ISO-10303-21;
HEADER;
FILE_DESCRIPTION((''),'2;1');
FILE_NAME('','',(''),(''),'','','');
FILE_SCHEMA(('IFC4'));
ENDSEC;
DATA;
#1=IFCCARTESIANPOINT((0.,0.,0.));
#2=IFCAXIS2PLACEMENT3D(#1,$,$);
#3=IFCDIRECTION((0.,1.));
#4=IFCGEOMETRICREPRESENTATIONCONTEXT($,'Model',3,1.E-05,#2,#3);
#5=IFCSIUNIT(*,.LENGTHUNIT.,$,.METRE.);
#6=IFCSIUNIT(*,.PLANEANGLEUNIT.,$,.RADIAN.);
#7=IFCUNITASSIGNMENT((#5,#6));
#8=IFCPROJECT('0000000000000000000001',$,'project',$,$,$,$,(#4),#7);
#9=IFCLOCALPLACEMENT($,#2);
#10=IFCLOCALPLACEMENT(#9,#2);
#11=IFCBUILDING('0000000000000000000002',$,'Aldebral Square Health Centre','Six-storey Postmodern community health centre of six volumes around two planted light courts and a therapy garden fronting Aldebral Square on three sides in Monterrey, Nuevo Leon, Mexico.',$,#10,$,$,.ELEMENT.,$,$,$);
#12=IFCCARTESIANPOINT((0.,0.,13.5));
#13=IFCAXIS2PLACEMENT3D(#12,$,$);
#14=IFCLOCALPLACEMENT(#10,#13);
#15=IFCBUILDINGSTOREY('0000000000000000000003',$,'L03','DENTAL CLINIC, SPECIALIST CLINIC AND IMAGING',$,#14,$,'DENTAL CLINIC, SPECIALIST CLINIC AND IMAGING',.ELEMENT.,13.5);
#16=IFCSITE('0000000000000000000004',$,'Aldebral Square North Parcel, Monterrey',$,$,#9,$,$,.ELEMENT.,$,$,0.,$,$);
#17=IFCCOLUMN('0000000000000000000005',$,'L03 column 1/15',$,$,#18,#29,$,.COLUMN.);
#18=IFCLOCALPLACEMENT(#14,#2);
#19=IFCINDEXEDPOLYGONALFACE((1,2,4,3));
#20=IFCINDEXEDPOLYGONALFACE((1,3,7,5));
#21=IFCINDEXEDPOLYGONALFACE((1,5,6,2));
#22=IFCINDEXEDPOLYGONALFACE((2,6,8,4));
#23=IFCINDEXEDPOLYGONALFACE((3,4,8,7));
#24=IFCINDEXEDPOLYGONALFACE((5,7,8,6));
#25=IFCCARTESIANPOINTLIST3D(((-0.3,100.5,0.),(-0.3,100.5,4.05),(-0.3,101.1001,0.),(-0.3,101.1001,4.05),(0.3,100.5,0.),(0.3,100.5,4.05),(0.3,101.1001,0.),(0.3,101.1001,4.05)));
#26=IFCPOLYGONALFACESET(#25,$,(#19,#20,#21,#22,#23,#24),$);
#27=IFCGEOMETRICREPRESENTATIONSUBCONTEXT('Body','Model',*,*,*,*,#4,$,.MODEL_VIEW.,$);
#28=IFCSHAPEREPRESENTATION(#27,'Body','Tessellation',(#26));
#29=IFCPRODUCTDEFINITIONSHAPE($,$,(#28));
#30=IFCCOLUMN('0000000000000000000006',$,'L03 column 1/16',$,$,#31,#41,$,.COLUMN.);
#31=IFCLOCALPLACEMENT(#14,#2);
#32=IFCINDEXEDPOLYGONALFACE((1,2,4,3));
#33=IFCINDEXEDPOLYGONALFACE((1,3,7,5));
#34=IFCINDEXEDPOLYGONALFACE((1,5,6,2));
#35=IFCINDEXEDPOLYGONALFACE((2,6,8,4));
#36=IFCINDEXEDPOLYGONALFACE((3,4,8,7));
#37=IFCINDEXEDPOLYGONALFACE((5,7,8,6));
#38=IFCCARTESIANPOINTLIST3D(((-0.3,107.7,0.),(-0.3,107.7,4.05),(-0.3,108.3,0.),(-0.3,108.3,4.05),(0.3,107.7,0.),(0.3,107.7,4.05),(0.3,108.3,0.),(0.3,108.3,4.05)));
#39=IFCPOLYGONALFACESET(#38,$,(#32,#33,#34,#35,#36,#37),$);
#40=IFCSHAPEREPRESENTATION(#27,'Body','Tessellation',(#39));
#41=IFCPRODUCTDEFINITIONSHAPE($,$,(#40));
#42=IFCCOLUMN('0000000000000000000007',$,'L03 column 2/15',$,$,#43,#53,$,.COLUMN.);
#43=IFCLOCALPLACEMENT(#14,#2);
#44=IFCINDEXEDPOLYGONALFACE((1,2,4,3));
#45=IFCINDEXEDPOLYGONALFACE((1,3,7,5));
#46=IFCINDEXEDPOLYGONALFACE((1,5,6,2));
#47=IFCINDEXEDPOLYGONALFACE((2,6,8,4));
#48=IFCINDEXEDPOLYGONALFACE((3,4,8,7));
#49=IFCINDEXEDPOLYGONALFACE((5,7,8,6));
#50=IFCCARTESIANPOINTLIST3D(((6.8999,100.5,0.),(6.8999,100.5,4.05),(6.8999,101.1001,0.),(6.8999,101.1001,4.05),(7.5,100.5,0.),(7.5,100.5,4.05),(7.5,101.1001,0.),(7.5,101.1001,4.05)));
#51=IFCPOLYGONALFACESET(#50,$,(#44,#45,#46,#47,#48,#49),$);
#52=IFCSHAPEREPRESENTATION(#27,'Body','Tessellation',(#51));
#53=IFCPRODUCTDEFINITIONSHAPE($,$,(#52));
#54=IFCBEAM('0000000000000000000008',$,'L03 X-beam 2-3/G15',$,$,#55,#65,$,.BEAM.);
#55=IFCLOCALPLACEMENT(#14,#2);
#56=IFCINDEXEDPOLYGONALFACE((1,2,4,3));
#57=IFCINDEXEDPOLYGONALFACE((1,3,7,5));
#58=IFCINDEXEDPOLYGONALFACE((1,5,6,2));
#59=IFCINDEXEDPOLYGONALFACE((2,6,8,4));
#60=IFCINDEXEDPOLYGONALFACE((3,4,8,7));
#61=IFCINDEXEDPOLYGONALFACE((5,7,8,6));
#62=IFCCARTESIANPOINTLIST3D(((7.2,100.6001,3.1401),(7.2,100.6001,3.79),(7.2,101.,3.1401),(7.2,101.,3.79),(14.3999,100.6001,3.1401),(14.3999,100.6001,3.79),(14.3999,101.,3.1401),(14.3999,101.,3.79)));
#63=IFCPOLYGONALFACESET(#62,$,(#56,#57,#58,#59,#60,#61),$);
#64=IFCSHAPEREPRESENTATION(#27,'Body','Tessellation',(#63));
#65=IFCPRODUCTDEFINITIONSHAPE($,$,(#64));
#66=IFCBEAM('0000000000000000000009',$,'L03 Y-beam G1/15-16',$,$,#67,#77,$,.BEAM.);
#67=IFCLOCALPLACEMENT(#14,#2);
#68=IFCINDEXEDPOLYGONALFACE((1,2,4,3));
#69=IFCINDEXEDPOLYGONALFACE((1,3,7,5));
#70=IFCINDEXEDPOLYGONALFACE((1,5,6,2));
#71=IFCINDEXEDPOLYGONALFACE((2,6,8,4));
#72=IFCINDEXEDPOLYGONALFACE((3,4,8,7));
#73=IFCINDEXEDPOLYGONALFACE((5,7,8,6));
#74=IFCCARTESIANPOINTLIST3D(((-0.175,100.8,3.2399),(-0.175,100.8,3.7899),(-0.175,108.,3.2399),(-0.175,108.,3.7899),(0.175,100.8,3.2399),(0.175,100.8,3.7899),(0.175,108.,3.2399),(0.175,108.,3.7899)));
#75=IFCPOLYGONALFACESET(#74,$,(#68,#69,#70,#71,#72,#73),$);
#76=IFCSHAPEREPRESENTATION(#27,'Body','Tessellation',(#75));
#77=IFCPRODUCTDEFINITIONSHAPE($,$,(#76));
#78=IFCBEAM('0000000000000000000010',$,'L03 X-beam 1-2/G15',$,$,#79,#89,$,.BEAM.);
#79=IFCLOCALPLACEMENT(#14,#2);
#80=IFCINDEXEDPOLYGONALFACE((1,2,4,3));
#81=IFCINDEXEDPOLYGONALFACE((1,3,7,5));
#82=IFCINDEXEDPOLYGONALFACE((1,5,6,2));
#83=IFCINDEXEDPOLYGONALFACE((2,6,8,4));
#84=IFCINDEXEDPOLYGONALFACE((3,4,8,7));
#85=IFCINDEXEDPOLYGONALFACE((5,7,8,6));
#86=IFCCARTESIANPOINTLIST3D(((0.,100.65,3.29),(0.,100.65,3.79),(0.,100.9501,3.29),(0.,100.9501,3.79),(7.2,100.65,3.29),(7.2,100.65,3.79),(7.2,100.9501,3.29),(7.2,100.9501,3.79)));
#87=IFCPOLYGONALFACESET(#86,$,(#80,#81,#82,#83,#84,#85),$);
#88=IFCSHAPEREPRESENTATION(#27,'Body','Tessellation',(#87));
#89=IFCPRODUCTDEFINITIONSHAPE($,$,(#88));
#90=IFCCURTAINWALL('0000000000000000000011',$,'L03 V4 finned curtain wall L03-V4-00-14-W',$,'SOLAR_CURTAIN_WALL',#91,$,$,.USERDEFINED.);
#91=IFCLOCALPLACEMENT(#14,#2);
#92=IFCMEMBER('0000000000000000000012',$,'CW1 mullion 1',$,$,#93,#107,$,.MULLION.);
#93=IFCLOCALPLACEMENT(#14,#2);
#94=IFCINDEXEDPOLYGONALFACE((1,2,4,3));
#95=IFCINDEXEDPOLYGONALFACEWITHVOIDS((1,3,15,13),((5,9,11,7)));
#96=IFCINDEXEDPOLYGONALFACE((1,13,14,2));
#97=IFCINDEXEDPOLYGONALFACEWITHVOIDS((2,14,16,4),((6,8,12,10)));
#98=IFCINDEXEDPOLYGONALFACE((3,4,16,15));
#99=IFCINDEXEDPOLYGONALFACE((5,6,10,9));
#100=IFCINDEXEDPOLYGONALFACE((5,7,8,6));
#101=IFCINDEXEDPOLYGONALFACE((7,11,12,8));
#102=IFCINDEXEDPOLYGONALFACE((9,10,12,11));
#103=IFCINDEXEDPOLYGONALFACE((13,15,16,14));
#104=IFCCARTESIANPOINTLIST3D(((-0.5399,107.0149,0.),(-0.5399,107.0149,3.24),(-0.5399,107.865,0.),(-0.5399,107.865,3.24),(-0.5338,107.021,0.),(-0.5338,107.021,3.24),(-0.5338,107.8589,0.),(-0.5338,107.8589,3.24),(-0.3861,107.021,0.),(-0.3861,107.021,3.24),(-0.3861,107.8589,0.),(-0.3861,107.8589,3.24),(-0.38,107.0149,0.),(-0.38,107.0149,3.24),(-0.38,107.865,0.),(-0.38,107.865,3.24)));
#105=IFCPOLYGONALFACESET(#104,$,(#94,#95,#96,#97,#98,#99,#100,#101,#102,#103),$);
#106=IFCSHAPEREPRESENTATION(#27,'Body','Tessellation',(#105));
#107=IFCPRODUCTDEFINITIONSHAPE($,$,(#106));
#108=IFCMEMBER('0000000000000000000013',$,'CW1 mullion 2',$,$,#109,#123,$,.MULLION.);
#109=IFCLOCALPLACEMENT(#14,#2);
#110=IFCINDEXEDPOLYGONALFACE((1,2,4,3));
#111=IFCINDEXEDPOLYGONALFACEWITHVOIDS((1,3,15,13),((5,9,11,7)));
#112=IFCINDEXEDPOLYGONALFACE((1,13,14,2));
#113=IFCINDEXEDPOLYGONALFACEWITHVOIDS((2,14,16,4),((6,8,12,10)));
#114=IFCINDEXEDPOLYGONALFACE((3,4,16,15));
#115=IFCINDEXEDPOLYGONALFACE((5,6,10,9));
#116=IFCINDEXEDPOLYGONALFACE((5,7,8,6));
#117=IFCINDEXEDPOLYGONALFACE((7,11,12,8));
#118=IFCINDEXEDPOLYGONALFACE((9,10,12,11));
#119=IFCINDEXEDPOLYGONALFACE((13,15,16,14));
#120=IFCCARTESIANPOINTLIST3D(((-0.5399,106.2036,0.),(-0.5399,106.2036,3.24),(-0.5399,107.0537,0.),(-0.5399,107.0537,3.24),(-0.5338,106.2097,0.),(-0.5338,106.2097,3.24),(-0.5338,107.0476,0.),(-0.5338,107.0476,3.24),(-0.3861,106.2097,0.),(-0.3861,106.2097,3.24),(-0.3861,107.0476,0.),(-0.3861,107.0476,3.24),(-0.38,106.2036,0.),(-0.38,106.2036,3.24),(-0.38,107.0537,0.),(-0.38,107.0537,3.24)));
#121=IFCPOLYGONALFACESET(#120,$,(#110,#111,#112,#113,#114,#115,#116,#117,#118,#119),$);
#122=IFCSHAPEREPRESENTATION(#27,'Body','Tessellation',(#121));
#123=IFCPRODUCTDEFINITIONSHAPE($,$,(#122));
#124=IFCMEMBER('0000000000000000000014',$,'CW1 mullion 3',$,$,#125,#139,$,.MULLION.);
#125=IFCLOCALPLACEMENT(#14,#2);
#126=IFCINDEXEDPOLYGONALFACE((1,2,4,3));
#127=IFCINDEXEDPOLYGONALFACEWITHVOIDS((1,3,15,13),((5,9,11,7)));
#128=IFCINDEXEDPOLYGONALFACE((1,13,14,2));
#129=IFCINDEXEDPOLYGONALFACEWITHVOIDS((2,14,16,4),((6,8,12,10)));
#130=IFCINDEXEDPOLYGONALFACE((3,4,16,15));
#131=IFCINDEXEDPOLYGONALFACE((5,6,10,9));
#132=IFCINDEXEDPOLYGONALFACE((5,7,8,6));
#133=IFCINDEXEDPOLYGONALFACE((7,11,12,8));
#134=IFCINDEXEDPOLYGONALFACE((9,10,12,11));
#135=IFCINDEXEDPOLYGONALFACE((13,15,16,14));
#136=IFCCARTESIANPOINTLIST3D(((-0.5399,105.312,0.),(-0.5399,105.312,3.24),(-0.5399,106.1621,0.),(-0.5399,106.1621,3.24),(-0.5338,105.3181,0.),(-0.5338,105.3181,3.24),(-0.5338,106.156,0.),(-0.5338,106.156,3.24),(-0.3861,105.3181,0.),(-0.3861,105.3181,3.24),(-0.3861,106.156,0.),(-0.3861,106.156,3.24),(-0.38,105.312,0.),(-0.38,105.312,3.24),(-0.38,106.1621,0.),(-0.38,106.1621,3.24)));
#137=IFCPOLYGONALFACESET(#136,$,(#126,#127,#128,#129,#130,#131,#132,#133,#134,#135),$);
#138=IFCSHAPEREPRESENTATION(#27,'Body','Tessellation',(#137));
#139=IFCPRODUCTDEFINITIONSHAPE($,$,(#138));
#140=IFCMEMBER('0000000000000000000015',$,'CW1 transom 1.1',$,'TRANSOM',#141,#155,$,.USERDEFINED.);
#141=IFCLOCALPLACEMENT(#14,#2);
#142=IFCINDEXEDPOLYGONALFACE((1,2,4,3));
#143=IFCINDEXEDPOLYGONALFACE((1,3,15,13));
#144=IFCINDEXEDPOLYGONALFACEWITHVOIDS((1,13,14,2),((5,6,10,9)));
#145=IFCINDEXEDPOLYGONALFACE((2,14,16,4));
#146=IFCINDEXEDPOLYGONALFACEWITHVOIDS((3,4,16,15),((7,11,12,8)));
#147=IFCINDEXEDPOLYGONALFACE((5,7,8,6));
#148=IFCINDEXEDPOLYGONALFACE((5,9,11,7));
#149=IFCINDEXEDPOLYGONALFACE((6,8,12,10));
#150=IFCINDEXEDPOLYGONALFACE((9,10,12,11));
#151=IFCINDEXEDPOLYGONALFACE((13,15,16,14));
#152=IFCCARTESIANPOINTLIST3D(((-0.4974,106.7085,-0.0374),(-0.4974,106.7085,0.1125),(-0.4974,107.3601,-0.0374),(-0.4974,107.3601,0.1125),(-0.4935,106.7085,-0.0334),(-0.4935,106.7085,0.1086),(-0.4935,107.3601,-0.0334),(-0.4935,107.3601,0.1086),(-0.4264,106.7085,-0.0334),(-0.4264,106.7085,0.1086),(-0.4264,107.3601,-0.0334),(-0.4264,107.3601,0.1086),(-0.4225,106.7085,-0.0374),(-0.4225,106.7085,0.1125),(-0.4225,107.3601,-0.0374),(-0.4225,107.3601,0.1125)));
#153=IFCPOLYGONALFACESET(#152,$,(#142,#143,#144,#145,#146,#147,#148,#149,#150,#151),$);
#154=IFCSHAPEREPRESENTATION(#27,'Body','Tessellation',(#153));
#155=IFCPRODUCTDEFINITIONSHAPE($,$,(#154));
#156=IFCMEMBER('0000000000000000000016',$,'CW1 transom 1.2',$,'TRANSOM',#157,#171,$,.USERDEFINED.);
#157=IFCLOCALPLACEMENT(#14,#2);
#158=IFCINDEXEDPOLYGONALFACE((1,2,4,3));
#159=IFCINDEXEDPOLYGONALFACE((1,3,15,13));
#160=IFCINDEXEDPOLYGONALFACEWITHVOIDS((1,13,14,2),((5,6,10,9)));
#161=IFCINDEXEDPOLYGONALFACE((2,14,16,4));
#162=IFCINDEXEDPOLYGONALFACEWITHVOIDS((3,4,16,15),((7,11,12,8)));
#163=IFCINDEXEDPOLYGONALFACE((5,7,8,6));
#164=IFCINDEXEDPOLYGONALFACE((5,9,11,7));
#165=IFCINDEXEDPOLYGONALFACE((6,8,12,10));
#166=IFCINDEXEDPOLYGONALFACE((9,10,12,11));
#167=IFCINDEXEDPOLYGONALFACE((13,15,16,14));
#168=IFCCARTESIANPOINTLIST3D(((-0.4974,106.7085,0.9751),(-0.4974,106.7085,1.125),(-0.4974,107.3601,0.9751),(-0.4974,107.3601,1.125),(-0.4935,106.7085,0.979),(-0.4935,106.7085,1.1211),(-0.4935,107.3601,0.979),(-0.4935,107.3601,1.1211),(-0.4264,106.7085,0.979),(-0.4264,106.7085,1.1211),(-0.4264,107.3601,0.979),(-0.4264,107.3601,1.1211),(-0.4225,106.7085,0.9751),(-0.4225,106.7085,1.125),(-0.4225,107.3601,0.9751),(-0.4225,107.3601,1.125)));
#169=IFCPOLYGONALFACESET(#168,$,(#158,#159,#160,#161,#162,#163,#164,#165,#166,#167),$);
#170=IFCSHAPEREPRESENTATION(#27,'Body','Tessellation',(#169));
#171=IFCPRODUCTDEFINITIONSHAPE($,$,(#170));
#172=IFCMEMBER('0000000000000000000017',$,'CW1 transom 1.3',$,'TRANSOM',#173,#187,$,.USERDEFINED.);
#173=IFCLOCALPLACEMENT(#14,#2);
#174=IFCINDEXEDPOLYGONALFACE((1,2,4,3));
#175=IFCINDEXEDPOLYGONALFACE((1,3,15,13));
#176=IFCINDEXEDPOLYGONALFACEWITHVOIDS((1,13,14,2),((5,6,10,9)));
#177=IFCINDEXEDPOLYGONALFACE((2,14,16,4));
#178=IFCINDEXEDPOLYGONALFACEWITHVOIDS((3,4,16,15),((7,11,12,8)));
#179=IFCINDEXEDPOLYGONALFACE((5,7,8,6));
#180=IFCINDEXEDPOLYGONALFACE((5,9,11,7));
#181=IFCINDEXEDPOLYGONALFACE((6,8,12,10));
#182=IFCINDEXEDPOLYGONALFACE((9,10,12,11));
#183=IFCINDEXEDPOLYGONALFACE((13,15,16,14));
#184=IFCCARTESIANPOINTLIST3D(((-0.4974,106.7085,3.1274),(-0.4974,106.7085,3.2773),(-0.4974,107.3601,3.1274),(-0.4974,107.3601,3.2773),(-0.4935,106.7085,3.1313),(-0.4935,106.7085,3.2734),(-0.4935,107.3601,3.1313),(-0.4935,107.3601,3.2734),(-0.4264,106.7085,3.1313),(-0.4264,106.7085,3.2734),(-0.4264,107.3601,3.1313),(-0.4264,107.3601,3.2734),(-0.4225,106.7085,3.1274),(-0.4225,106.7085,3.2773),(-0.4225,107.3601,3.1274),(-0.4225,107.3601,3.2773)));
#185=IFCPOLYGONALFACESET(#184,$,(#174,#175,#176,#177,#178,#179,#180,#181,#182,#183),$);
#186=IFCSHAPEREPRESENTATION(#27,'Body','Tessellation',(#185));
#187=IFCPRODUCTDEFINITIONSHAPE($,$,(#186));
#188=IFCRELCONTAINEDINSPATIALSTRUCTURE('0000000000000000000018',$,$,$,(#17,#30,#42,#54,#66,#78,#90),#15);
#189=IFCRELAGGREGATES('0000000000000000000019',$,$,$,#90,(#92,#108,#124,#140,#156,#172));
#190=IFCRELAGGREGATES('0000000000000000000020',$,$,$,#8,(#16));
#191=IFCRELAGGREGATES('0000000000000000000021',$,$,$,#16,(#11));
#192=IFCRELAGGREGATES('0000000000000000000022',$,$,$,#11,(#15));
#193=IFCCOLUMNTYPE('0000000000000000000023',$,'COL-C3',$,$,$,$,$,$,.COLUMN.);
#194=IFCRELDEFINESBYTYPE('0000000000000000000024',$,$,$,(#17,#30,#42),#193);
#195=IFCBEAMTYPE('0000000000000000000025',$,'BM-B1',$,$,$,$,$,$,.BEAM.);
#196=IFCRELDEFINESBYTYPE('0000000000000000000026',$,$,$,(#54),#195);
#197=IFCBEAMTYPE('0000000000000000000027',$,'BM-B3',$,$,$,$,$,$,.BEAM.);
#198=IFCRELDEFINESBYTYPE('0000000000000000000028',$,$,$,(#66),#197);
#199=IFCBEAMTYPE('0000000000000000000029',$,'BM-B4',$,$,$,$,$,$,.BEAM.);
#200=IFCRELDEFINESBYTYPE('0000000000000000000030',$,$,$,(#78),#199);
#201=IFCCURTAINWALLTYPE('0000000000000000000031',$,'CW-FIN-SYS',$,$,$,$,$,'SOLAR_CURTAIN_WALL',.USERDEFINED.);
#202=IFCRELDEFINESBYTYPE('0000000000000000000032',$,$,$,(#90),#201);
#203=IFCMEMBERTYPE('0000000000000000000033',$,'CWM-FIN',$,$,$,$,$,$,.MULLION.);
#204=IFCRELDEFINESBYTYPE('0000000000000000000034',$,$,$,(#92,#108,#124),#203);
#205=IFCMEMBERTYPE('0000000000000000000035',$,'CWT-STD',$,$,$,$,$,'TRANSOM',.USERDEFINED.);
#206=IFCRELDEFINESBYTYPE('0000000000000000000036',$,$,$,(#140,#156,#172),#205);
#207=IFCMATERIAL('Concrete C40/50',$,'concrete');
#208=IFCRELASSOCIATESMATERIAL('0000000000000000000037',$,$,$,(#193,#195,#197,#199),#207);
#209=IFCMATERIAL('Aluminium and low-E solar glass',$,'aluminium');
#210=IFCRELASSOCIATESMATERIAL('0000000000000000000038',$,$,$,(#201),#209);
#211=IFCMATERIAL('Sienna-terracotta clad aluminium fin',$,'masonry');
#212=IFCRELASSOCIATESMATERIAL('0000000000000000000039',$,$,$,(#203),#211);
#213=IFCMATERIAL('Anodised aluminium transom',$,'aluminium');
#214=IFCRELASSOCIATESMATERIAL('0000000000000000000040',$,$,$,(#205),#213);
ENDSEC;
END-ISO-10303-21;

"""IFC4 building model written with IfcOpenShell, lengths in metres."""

from ifc_helpers import new_model, si_unit, direction, frame, origin, origin_2d, place, context, subcontext, project, spatial, rectangle, hollow_rectangle, extrude, material, material_profile, profile_set, type_object, element, aggregate, save


model = new_model("IFC4")

# Units and contexts
model_context = context("Model", 3, precision=1e-05, world=origin(), true_north=direction((0.0, 1.0)))
body_context = subcontext(model_context, "Body", "Model", "MODEL_VIEW")
ifc_project = project(units=[si_unit("LENGTHUNIT", "METRE"), si_unit("PLANEANGLEUNIT", "RADIAN")], contexts=[model_context])

# Site, building, storey
site_placement = place(None, origin())
site = spatial("IfcSite", under=ifc_project, at=site_placement, Name="Aldebral Square North Parcel, Monterrey", CompositionType="ELEMENT", RefElevation=0.0)
building_placement = place(site_placement, origin())
building = spatial("IfcBuilding", under=site, at=building_placement, Name="Aldebral Square Health Centre", Description="Six-storey Postmodern community health centre of six volumes around two planted light courts and a therapy garden fronting Aldebral Square on three sides in Monterrey, Nuevo Leon, Mexico.", CompositionType="ELEMENT")
storey_placement = place(building_placement, frame((0.0, 0.0, 13.5)))
storey = spatial("IfcBuildingStorey", under=building, at=storey_placement, Name="L03", Description="DENTAL CLINIC, SPECIALIST CLINIC AND IMAGING", LongName="DENTAL CLINIC, SPECIALIST CLINIC AND IMAGING", CompositionType="ELEMENT", Elevation=13.5)

# Columns
ifc_material_1 = material(Name="Concrete C40/50", Category="concrete")
ifc_material_profile_1 = material_profile(ifc_material_1, rectangle(XDim=0.6001, YDim=0.6001, at=origin_2d()), Name="RC 600x600")
ifc_profile_set_1 = profile_set([ifc_material_profile_1], Name="Concrete C40/50")
column_type = type_object("IfcColumnType", Name="COL-C3", PredefinedType="COLUMN", material=ifc_profile_set_1)
for number, where, z_axis, x_axis, name in (
    (1, (0.0, 100.8, 0.0), (0.0, 0.0, 1.0), (1.0, 0.0, 0.0), "L03 column 1/15"),
    (2, (0.0, 108.0, 0.0), (0.0, 0.0, 1.0), (1.0, 0.0, 0.0), "L03 column 1/16"),
    (3, (7.2, 100.8, 0.0), (0.0, 0.0, 1.0), (1.0, 0.0, 0.0), "L03 column 2/15"),
):
    element("IfcColumn", number, at=place(storey_placement, frame(where, z_axis=z_axis, x_axis=x_axis)), inside=storey, type_object=column_type, Name=name, PredefinedType="COLUMN", context=body_context, shape_type="SweptSolid", body=[
        extrude(rectangle(XDim=0.6001, YDim=0.6001, at=origin_2d()), origin(), (0.0, 0.0, 1.0), 4.05),
    ])

# Beams
ifc_material_profile_2 = material_profile(ifc_material_1, rectangle(XDim=0.3999, YDim=0.6499, at=origin_2d()), Name="RC 400x650")
ifc_profile_set_2 = profile_set([ifc_material_profile_2], Name="Concrete C40/50")
beam_type_1 = type_object("IfcBeamType", Name="BM-B1", PredefinedType="BEAM", material=ifc_profile_set_2)
beam_1_placement = place(storey_placement, frame((7.2, 100.8, 3.4651), z_axis=(1.0, 0.0, 0.0), x_axis=(0.0, 1.0, 0.0)))
element("IfcBeam", 4, at=beam_1_placement, inside=storey, type_object=beam_type_1, Name="L03 X-beam 2-3/G15", PredefinedType="BEAM", context=body_context, shape_type="SweptSolid", body=[
    extrude(rectangle(XDim=0.3999, YDim=0.6499, at=origin_2d()), origin(), (0.0, 0.0, 1.0), 7.2),
])
ifc_material_profile_3 = material_profile(ifc_material_1, rectangle(XDim=0.3501, YDim=0.55, at=origin_2d()), Name="RC 350x550")
ifc_profile_set_3 = profile_set([ifc_material_profile_3], Name="Concrete C40/50")
beam_type_2 = type_object("IfcBeamType", Name="BM-B3", PredefinedType="BEAM", material=ifc_profile_set_3)
beam_2_placement = place(storey_placement, frame((0.0, 100.8, 3.5149), z_axis=(0.0, 1.0, 0.0), x_axis=(-1.0, 0.0, 0.0)))
element("IfcBeam", 5, at=beam_2_placement, inside=storey, type_object=beam_type_2, Name="L03 Y-beam G1/15-16", PredefinedType="BEAM", context=body_context, shape_type="SweptSolid", body=[
    extrude(rectangle(XDim=0.3501, YDim=0.55, at=origin_2d()), origin(), (0.0, 0.0, 1.0), 7.2),
])
ifc_material_profile_4 = material_profile(ifc_material_1, rectangle(XDim=0.3, YDim=0.5, at=origin_2d()), Name="RC 300x500")
ifc_profile_set_4 = profile_set([ifc_material_profile_4], Name="Concrete C40/50")
beam_type_3 = type_object("IfcBeamType", Name="BM-B4", PredefinedType="BEAM", material=ifc_profile_set_4)
beam_3_placement = place(storey_placement, frame((0.0, 100.8, 3.54), z_axis=(1.0, 0.0, 0.0), x_axis=(0.0, 1.0, 0.0)))
element("IfcBeam", 6, at=beam_3_placement, inside=storey, type_object=beam_type_3, Name="L03 X-beam 1-2/G15", PredefinedType="BEAM", context=body_context, shape_type="SweptSolid", body=[
    extrude(rectangle(XDim=0.3, YDim=0.5, at=origin_2d()), origin(), (0.0, 0.0, 1.0), 7.2),
])

# Curtain wall, members
ifc_material_2 = material(Name="Aluminium and low-E solar glass", Category="aluminium")
curtain_wall_type = type_object("IfcCurtainWallType", Name="CW-FIN-SYS", ElementType="SOLAR_CURTAIN_WALL", PredefinedType="USERDEFINED", material=ifc_material_2)
curtain_wall_placement = place(storey_placement, origin())
curtain_wall = element("IfcCurtainWall", 7, at=curtain_wall_placement, inside=storey, type_object=curtain_wall_type, Name="L03 V4 finned curtain wall L03-V4-00-14-W", ObjectType="SOLAR_CURTAIN_WALL", PredefinedType="USERDEFINED")
ifc_material_3 = material(Name="Sienna-terracotta clad aluminium fin", Category="masonry")
ifc_material_profile_5 = material_profile(ifc_material_3, hollow_rectangle(XDim=0.1599, YDim=0.8501, WallThickness=0.0061, at=origin_2d()), Name="FIN 160x850x6")
ifc_profile_set_5 = profile_set([ifc_material_profile_5], Name="Sienna-terracotta clad aluminium fin")
member_type_1 = type_object("IfcMemberType", Name="CWM-FIN", PredefinedType="MULLION", material=ifc_profile_set_5)
member_1_placement = place(storey_placement, frame((-0.46, 107.4399, 0.0), z_axis=(0.0, 0.0, 1.0), x_axis=(1.0, 0.0, 0.0)))
member_1 = element("IfcMember", 8, at=member_1_placement, type_object=member_type_1, Name="CW1 mullion 1", PredefinedType="MULLION", context=body_context, shape_type="SweptSolid", body=[
    extrude(hollow_rectangle(XDim=0.1599, YDim=0.8501, WallThickness=0.0061, at=origin_2d()), origin(), (0.0, 0.0, 1.0), 3.24),
])
member_2_placement = place(storey_placement, frame((-0.46, 106.6287, 0.0), z_axis=(0.0, 0.0, 1.0), x_axis=(1.0, 0.0, 0.0)))
member_2 = element("IfcMember", 9, at=member_2_placement, type_object=member_type_1, Name="CW1 mullion 2", PredefinedType="MULLION", context=body_context, shape_type="SweptSolid", body=[
    extrude(hollow_rectangle(XDim=0.1599, YDim=0.8501, WallThickness=0.0061, at=origin_2d()), origin(), (0.0, 0.0, 1.0), 3.24),
])
member_3_placement = place(storey_placement, frame((-0.46, 105.7371, 0.0), z_axis=(0.0, 0.0, 1.0), x_axis=(1.0, 0.0, 0.0)))
member_3 = element("IfcMember", 10, at=member_3_placement, type_object=member_type_1, Name="CW1 mullion 3", PredefinedType="MULLION", context=body_context, shape_type="SweptSolid", body=[
    extrude(hollow_rectangle(XDim=0.1599, YDim=0.8501, WallThickness=0.0061, at=origin_2d()), origin(), (0.0, 0.0, 1.0), 3.24),
])
ifc_material_4 = material(Name="Anodised aluminium transom", Category="aluminium")
ifc_material_profile_6 = material_profile(ifc_material_4, hollow_rectangle(XDim=0.075, YDim=0.1499, WallThickness=0.0039, at=origin_2d()), Name="CWT 75x150x4")
ifc_profile_set_6 = profile_set([ifc_material_profile_6], Name="Anodised aluminium transom")
member_type_2 = type_object("IfcMemberType", Name="CWT-STD", ElementType="TRANSOM", PredefinedType="USERDEFINED", material=ifc_profile_set_6)
member_4_placement = place(storey_placement, frame((-0.46, 107.3601, 0.0376), z_axis=(0.0, -1.0, 0.0), x_axis=(1.0, 0.0, 0.0)))
member_4 = element("IfcMember", 11, at=member_4_placement, type_object=member_type_2, Name="CW1 transom 1.1", ObjectType="TRANSOM", PredefinedType="USERDEFINED", context=body_context, shape_type="SweptSolid", body=[
    extrude(hollow_rectangle(XDim=0.075, YDim=0.1499, WallThickness=0.0039, at=origin_2d()), origin(), (0.0, 0.0, 1.0), 0.6516),
])
member_5_placement = place(storey_placement, frame((-0.46, 107.3601, 1.05), z_axis=(0.0, -1.0, 0.0), x_axis=(1.0, 0.0, 0.0)))
member_5 = element("IfcMember", 12, at=member_5_placement, type_object=member_type_2, Name="CW1 transom 1.2", ObjectType="TRANSOM", PredefinedType="USERDEFINED", context=body_context, shape_type="SweptSolid", body=[
    extrude(hollow_rectangle(XDim=0.075, YDim=0.1499, WallThickness=0.0039, at=origin_2d()), origin(), (0.0, 0.0, 1.0), 0.6516),
])
member_6_placement = place(storey_placement, frame((-0.46, 107.3601, 3.2024), z_axis=(0.0, -1.0, 0.0), x_axis=(1.0, 0.0, 0.0)))
member_6 = element("IfcMember", 13, at=member_6_placement, type_object=member_type_2, Name="CW1 transom 1.3", ObjectType="TRANSOM", PredefinedType="USERDEFINED", context=body_context, shape_type="SweptSolid", body=[
    extrude(hollow_rectangle(XDim=0.075, YDim=0.1499, WallThickness=0.0039, at=origin_2d()), origin(), (0.0, 0.0, 1.0), 0.6516),
])
aggregate(curtain_wall, [member_1, member_2, member_3, member_4, member_5, member_6])

save(model, "model.ifc")
